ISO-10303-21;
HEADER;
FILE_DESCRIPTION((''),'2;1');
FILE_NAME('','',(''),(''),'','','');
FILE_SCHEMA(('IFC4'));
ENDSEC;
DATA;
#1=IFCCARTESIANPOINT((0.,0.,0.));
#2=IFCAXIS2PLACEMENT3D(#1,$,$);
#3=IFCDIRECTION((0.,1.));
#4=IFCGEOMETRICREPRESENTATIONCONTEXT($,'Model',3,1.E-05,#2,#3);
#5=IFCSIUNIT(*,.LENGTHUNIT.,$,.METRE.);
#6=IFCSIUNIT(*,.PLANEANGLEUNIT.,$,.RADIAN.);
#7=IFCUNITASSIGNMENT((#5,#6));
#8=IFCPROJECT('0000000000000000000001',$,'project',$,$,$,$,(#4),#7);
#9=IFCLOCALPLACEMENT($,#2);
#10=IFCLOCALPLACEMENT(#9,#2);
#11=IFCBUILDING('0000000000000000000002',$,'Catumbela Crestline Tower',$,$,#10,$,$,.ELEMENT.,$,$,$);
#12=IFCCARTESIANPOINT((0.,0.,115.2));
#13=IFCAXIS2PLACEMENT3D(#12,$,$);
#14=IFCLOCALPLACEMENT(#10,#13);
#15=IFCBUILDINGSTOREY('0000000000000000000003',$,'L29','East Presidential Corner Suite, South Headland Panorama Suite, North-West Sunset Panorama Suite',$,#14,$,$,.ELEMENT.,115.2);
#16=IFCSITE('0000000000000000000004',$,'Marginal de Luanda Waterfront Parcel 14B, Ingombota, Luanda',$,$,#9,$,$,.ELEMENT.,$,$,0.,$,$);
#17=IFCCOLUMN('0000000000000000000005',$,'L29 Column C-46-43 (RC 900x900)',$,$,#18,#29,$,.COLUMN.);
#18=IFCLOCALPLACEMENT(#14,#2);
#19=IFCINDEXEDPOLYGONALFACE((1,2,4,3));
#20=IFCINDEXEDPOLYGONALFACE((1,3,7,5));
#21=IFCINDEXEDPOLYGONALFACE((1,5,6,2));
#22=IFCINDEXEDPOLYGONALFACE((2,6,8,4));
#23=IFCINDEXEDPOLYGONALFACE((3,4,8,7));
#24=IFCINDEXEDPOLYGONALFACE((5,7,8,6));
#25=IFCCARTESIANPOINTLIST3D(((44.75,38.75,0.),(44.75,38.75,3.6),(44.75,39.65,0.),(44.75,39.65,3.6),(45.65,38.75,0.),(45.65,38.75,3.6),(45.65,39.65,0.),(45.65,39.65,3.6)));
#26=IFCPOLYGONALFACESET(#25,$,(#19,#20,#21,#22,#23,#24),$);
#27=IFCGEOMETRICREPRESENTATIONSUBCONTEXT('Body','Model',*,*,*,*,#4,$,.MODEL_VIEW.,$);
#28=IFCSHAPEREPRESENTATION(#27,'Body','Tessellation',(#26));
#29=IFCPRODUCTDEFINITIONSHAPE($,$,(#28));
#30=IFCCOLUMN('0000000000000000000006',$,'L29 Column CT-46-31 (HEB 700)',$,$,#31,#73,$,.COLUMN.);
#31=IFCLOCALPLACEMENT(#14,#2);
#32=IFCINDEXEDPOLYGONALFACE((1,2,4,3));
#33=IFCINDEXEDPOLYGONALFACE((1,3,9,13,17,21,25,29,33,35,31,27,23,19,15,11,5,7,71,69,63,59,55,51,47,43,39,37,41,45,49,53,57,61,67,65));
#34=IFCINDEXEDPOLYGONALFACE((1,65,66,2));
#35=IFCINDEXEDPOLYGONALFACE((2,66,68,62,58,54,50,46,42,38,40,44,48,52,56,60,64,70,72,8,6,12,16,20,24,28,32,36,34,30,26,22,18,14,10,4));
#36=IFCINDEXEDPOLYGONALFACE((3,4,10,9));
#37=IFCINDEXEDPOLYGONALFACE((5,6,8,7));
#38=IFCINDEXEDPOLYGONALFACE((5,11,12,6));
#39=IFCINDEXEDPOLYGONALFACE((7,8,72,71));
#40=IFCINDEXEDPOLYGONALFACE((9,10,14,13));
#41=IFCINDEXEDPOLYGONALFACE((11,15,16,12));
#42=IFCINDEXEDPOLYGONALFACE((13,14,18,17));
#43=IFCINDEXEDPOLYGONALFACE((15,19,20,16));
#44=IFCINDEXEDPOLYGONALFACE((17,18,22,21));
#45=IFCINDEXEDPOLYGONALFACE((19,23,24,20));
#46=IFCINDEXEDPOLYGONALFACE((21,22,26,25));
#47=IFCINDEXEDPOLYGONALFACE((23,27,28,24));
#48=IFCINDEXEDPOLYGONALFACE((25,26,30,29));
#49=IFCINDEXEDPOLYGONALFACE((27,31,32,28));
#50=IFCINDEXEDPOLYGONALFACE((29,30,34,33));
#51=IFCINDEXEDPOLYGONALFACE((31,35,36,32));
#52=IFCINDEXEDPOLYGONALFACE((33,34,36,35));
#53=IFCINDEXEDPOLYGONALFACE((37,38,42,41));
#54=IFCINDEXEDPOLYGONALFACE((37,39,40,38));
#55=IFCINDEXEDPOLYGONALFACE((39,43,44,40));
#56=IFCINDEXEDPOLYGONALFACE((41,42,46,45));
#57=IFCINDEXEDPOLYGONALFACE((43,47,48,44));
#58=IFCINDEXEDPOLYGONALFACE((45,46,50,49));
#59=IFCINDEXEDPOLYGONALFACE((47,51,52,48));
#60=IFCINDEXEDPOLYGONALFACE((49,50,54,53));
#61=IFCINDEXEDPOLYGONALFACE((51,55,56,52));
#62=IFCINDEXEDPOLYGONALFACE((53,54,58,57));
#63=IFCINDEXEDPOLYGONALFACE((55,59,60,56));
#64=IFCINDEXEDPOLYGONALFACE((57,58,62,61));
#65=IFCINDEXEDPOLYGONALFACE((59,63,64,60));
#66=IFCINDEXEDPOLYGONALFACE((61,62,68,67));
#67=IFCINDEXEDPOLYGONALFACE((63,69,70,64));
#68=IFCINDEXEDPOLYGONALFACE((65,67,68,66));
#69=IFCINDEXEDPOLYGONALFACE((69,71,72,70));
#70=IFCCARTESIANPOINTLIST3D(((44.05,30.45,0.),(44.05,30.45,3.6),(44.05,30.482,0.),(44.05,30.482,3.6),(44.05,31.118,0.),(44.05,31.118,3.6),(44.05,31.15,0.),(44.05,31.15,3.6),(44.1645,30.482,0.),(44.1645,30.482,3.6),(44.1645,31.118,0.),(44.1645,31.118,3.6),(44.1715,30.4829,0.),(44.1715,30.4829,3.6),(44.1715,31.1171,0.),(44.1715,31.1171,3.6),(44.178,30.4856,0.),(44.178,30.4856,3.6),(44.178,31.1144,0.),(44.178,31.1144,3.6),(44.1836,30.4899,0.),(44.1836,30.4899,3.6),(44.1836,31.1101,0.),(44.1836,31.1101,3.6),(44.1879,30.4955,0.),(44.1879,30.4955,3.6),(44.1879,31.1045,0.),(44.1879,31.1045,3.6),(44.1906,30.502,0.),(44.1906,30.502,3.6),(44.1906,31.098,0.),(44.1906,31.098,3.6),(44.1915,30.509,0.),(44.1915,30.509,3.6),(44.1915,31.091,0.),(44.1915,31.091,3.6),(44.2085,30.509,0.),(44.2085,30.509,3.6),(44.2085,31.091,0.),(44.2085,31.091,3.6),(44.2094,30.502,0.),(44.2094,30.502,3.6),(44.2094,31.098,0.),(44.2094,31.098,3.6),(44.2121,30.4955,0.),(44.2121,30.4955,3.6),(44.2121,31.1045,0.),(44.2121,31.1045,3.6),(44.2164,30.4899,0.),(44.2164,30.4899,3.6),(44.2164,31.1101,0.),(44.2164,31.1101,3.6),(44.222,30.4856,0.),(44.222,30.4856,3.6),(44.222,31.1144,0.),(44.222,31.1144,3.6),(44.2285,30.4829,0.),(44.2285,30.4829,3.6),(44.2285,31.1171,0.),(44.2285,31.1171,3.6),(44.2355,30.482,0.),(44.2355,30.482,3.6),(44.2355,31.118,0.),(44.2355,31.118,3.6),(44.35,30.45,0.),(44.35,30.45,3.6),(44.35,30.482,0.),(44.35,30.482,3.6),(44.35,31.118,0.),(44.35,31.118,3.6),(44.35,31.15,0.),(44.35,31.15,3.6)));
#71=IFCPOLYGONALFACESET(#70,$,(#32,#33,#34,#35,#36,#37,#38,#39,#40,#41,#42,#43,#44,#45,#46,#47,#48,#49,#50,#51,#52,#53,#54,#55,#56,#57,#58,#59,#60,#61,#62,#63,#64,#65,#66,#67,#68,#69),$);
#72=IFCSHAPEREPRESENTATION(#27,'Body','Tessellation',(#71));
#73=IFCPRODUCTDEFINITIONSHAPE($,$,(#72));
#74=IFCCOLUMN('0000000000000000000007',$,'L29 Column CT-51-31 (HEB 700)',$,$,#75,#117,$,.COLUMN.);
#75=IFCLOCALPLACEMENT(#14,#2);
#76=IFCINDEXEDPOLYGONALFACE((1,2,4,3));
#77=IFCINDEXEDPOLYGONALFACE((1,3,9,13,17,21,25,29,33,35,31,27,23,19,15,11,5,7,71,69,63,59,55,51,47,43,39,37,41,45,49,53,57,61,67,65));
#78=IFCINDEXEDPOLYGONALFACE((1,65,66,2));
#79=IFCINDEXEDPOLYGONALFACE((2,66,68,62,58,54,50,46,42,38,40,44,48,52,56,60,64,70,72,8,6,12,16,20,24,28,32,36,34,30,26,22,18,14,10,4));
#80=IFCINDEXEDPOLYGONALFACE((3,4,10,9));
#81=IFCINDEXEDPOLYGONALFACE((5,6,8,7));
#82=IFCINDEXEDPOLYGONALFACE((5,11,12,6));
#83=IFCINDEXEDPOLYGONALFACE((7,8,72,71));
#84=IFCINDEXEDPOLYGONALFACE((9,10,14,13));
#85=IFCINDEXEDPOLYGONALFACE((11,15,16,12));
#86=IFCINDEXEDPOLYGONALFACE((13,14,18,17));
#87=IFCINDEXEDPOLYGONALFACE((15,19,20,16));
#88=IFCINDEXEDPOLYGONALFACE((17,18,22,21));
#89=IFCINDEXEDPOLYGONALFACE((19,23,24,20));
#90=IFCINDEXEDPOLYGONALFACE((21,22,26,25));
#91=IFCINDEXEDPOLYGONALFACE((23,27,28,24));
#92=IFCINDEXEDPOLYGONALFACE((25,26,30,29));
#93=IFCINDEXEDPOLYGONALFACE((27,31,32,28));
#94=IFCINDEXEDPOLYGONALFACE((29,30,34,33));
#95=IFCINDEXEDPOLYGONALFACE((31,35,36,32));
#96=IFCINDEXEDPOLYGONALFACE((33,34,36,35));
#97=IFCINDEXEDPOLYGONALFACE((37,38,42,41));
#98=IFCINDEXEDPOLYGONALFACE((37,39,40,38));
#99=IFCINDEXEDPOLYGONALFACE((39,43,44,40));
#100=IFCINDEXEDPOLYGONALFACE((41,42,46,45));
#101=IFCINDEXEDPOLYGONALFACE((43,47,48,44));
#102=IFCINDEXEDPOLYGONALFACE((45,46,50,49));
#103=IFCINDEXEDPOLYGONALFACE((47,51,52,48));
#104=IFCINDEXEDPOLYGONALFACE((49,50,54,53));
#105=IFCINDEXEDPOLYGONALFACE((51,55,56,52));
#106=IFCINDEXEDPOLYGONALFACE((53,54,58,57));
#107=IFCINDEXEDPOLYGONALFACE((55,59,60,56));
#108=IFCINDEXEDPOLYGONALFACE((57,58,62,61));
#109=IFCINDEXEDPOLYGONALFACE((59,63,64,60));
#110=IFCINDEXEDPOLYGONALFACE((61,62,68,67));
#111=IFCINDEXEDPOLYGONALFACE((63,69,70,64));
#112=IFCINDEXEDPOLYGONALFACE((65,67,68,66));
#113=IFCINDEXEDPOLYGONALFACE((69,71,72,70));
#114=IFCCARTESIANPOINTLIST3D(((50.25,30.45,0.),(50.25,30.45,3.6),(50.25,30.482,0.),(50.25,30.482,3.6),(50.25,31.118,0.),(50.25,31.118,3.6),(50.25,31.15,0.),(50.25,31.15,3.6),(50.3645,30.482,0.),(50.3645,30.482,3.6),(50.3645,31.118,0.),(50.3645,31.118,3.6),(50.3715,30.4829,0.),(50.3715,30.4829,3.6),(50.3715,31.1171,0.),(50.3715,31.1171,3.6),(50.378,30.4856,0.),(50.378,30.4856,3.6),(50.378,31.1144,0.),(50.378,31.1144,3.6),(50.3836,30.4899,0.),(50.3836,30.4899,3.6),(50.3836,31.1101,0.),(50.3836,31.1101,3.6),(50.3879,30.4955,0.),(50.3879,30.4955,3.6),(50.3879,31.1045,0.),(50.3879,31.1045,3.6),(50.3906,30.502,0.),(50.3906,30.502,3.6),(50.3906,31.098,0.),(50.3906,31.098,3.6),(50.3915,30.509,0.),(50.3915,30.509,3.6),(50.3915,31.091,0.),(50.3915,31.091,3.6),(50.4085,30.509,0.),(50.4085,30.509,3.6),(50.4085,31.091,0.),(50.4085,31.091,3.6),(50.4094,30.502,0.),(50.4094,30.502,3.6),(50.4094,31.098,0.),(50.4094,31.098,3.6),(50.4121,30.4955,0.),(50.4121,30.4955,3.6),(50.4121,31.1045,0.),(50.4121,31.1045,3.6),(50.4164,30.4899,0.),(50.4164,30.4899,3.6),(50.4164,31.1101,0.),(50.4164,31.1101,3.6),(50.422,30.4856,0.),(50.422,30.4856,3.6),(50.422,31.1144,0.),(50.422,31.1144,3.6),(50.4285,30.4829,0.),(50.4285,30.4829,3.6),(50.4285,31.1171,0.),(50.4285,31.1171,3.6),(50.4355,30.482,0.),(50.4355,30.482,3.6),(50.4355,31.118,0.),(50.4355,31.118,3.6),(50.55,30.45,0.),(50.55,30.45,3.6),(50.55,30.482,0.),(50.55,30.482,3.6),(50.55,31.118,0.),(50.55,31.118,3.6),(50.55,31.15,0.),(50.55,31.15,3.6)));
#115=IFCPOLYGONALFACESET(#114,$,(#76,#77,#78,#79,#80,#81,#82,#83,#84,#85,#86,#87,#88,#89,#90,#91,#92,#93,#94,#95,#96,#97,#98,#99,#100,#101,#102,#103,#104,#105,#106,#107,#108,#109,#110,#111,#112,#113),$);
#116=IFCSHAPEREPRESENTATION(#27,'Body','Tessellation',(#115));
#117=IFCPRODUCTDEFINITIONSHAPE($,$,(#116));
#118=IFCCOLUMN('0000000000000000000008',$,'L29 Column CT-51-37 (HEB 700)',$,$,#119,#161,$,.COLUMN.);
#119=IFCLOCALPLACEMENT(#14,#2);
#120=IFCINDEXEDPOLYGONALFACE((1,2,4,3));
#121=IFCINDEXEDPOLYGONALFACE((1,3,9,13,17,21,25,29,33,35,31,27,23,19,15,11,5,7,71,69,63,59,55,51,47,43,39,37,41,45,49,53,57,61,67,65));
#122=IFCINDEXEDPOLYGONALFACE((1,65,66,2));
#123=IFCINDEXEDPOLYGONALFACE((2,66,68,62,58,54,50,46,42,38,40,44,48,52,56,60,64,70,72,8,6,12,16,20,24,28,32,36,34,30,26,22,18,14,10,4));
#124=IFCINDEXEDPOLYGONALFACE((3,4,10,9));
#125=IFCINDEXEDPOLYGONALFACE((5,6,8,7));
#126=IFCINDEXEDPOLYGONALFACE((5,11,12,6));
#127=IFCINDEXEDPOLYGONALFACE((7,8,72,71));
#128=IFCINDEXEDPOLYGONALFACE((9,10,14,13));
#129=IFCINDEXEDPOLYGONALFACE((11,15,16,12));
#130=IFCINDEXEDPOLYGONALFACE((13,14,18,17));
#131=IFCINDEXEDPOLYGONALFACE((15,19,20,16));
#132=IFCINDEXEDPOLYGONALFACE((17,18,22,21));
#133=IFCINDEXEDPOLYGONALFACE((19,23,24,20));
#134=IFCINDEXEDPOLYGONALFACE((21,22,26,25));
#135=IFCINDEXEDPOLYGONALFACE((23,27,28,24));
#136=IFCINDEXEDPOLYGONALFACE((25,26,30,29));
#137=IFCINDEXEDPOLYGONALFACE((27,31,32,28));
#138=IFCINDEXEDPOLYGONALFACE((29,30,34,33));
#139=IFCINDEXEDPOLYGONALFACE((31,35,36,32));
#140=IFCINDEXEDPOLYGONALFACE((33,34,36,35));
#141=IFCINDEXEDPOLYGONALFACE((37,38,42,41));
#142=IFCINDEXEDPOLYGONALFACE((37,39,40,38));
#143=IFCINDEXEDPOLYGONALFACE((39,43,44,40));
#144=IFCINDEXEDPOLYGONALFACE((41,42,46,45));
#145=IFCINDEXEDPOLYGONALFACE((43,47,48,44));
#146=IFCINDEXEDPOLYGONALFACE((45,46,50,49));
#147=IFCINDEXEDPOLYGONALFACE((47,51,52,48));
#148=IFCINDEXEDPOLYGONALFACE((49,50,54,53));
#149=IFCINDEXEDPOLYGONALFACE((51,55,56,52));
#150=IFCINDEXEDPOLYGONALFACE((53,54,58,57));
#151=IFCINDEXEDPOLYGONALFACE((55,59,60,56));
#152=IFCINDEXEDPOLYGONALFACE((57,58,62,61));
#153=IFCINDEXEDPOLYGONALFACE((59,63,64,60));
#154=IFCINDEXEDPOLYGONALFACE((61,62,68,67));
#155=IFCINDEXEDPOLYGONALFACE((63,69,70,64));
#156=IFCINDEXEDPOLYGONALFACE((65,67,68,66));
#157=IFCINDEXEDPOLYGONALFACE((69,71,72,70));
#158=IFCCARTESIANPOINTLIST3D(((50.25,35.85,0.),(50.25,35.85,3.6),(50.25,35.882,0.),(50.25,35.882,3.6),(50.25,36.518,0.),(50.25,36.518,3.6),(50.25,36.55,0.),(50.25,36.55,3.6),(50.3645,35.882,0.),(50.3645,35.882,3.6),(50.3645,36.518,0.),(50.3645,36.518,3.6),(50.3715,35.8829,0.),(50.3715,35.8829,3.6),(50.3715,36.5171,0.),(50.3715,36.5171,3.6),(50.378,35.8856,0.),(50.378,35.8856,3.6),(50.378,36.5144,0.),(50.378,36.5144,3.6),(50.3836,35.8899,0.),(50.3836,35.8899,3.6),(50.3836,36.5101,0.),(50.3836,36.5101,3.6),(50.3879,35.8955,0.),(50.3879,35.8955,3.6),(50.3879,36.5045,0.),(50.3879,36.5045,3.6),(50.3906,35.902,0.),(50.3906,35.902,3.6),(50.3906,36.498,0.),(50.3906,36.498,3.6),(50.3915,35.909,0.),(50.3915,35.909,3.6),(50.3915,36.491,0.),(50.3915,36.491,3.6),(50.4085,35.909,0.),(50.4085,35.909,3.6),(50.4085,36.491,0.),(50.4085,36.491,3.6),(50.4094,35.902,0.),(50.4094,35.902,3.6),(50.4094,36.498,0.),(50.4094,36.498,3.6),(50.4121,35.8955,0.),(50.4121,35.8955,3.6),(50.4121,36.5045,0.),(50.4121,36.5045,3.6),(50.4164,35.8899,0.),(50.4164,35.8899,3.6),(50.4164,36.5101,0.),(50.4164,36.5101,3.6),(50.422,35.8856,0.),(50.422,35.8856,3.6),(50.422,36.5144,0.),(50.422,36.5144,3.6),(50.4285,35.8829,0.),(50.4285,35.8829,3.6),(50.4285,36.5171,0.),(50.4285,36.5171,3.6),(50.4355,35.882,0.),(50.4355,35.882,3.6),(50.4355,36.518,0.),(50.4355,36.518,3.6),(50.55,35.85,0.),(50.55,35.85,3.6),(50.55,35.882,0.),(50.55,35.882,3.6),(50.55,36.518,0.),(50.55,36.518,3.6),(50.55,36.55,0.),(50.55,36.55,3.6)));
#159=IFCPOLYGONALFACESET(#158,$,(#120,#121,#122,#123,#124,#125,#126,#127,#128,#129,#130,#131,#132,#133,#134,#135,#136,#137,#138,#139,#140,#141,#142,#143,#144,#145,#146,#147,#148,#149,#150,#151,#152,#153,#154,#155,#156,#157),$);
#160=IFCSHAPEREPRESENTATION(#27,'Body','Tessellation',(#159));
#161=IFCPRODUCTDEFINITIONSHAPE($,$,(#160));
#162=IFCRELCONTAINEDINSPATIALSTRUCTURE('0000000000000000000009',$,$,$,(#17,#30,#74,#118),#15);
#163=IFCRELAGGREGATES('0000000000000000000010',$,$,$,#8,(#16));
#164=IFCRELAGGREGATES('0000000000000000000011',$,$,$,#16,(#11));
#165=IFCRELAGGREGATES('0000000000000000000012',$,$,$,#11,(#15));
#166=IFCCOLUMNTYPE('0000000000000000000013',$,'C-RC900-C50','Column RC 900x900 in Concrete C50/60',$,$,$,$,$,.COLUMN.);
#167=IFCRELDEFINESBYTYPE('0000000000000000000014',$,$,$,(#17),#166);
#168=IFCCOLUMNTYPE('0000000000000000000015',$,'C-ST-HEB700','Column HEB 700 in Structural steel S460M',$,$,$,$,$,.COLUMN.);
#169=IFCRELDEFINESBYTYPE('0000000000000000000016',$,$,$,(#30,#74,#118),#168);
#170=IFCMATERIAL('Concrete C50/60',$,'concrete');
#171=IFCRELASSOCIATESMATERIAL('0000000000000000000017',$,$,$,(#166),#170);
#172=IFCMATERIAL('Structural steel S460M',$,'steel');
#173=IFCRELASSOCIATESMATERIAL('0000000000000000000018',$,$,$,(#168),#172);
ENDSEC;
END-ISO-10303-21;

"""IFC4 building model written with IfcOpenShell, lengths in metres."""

from ifc_helpers import new_model, si_unit, direction, frame, origin, origin_2d, place, context, subcontext, project, spatial, rectangle, i_section, extrude, material, material_profile, profile_set, type_object, element, save


model = new_model("IFC4")

# Units and contexts
model_context = context("Model", 3, precision=1e-05, world=origin(), true_north=direction((0.0, 1.0)))
body_context = subcontext(model_context, "Body", "Model", "MODEL_VIEW")
ifc_project = project(units=[si_unit("LENGTHUNIT", "METRE"), si_unit("PLANEANGLEUNIT", "RADIAN")], contexts=[model_context])

# Site, building, storey
site_placement = place(None, origin())
site = spatial("IfcSite", under=ifc_project, at=site_placement, Name="Marginal de Luanda Waterfront Parcel 14B, Ingombota, Luanda", CompositionType="ELEMENT", RefElevation=0.0)
building_placement = place(site_placement, origin())
building = spatial("IfcBuilding", under=site, at=building_placement, Name="Catumbela Crestline Tower", CompositionType="ELEMENT")
storey_placement = place(building_placement, frame((0.0, 0.0, 115.2)))
storey = spatial("IfcBuildingStorey", under=building, at=storey_placement, Name="L29", Description="East Presidential Corner Suite, South Headland Panorama Suite, North-West Sunset Panorama Suite", CompositionType="ELEMENT", Elevation=115.2)

# Columns
ifc_material_1 = material(Name="Concrete C50/60", Category="concrete")
ifc_material_profile_1 = material_profile(ifc_material_1, rectangle(XDim=0.9, YDim=0.9, at=origin_2d()), Name="RC 900x900")
ifc_profile_set_1 = profile_set([ifc_material_profile_1], Name="Concrete C50/60")
column_type_1 = type_object("IfcColumnType", Name="C-RC900-C50", Description="Column RC 900x900 in Concrete C50/60", PredefinedType="COLUMN", material=ifc_profile_set_1)
column_placement = place(storey_placement, frame((45.2, 39.2, 0.0), z_axis=(0.0, 0.0, 1.0), x_axis=(1.0, 0.0, 0.0)))
element("IfcColumn", 1, at=column_placement, inside=storey, type_object=column_type_1, Name="L29 Column C-46-43 (RC 900x900)", PredefinedType="COLUMN", context=body_context, shape_type="SweptSolid", body=[
    extrude(rectangle(XDim=0.9, YDim=0.9, at=origin_2d()), origin(), (0.0, 0.0, 1.0), 3.6),
])
ifc_material_2 = material(Name="Structural steel S460M", Category="steel")
ifc_material_profile_2 = material_profile(ifc_material_2, i_section(OverallWidth=0.3, OverallDepth=0.7, WebThickness=0.017, FlangeThickness=0.032, FilletRadius=0.027, at=origin_2d()), Name="HEB 700")
ifc_profile_set_2 = profile_set([ifc_material_profile_2], Name="Structural steel S460M")
column_type_2 = type_object("IfcColumnType", Name="C-ST-HEB700", Description="Column HEB 700 in Structural steel S460M", PredefinedType="COLUMN", material=ifc_profile_set_2)
for number, where, z_axis, x_axis, name in (
    (2, (44.2, 30.8, 0.0), (0.0, 0.0, 1.0), (1.0, 0.0, 0.0), "L29 Column CT-46-31 (HEB 700)"),
    (3, (50.4, 30.8, 0.0), (0.0, 0.0, 1.0), (1.0, 0.0, 0.0), "L29 Column CT-51-31 (HEB 700)"),
    (4, (50.4, 36.2, 0.0), (0.0, 0.0, 1.0), (1.0, 0.0, 0.0), "L29 Column CT-51-37 (HEB 700)"),
):
    element("IfcColumn", number, at=place(storey_placement, frame(where, z_axis=z_axis, x_axis=x_axis)), inside=storey, type_object=column_type_2, Name=name, PredefinedType="COLUMN", context=body_context, shape_type="SweptSolid", body=[
        extrude(i_section(OverallWidth=0.3, OverallDepth=0.7, WebThickness=0.017, FlangeThickness=0.032, FilletRadius=0.027, at=origin_2d()), origin(), (0.0, 0.0, 1.0), 3.6),
    ])

save(model, "model.ifc")
